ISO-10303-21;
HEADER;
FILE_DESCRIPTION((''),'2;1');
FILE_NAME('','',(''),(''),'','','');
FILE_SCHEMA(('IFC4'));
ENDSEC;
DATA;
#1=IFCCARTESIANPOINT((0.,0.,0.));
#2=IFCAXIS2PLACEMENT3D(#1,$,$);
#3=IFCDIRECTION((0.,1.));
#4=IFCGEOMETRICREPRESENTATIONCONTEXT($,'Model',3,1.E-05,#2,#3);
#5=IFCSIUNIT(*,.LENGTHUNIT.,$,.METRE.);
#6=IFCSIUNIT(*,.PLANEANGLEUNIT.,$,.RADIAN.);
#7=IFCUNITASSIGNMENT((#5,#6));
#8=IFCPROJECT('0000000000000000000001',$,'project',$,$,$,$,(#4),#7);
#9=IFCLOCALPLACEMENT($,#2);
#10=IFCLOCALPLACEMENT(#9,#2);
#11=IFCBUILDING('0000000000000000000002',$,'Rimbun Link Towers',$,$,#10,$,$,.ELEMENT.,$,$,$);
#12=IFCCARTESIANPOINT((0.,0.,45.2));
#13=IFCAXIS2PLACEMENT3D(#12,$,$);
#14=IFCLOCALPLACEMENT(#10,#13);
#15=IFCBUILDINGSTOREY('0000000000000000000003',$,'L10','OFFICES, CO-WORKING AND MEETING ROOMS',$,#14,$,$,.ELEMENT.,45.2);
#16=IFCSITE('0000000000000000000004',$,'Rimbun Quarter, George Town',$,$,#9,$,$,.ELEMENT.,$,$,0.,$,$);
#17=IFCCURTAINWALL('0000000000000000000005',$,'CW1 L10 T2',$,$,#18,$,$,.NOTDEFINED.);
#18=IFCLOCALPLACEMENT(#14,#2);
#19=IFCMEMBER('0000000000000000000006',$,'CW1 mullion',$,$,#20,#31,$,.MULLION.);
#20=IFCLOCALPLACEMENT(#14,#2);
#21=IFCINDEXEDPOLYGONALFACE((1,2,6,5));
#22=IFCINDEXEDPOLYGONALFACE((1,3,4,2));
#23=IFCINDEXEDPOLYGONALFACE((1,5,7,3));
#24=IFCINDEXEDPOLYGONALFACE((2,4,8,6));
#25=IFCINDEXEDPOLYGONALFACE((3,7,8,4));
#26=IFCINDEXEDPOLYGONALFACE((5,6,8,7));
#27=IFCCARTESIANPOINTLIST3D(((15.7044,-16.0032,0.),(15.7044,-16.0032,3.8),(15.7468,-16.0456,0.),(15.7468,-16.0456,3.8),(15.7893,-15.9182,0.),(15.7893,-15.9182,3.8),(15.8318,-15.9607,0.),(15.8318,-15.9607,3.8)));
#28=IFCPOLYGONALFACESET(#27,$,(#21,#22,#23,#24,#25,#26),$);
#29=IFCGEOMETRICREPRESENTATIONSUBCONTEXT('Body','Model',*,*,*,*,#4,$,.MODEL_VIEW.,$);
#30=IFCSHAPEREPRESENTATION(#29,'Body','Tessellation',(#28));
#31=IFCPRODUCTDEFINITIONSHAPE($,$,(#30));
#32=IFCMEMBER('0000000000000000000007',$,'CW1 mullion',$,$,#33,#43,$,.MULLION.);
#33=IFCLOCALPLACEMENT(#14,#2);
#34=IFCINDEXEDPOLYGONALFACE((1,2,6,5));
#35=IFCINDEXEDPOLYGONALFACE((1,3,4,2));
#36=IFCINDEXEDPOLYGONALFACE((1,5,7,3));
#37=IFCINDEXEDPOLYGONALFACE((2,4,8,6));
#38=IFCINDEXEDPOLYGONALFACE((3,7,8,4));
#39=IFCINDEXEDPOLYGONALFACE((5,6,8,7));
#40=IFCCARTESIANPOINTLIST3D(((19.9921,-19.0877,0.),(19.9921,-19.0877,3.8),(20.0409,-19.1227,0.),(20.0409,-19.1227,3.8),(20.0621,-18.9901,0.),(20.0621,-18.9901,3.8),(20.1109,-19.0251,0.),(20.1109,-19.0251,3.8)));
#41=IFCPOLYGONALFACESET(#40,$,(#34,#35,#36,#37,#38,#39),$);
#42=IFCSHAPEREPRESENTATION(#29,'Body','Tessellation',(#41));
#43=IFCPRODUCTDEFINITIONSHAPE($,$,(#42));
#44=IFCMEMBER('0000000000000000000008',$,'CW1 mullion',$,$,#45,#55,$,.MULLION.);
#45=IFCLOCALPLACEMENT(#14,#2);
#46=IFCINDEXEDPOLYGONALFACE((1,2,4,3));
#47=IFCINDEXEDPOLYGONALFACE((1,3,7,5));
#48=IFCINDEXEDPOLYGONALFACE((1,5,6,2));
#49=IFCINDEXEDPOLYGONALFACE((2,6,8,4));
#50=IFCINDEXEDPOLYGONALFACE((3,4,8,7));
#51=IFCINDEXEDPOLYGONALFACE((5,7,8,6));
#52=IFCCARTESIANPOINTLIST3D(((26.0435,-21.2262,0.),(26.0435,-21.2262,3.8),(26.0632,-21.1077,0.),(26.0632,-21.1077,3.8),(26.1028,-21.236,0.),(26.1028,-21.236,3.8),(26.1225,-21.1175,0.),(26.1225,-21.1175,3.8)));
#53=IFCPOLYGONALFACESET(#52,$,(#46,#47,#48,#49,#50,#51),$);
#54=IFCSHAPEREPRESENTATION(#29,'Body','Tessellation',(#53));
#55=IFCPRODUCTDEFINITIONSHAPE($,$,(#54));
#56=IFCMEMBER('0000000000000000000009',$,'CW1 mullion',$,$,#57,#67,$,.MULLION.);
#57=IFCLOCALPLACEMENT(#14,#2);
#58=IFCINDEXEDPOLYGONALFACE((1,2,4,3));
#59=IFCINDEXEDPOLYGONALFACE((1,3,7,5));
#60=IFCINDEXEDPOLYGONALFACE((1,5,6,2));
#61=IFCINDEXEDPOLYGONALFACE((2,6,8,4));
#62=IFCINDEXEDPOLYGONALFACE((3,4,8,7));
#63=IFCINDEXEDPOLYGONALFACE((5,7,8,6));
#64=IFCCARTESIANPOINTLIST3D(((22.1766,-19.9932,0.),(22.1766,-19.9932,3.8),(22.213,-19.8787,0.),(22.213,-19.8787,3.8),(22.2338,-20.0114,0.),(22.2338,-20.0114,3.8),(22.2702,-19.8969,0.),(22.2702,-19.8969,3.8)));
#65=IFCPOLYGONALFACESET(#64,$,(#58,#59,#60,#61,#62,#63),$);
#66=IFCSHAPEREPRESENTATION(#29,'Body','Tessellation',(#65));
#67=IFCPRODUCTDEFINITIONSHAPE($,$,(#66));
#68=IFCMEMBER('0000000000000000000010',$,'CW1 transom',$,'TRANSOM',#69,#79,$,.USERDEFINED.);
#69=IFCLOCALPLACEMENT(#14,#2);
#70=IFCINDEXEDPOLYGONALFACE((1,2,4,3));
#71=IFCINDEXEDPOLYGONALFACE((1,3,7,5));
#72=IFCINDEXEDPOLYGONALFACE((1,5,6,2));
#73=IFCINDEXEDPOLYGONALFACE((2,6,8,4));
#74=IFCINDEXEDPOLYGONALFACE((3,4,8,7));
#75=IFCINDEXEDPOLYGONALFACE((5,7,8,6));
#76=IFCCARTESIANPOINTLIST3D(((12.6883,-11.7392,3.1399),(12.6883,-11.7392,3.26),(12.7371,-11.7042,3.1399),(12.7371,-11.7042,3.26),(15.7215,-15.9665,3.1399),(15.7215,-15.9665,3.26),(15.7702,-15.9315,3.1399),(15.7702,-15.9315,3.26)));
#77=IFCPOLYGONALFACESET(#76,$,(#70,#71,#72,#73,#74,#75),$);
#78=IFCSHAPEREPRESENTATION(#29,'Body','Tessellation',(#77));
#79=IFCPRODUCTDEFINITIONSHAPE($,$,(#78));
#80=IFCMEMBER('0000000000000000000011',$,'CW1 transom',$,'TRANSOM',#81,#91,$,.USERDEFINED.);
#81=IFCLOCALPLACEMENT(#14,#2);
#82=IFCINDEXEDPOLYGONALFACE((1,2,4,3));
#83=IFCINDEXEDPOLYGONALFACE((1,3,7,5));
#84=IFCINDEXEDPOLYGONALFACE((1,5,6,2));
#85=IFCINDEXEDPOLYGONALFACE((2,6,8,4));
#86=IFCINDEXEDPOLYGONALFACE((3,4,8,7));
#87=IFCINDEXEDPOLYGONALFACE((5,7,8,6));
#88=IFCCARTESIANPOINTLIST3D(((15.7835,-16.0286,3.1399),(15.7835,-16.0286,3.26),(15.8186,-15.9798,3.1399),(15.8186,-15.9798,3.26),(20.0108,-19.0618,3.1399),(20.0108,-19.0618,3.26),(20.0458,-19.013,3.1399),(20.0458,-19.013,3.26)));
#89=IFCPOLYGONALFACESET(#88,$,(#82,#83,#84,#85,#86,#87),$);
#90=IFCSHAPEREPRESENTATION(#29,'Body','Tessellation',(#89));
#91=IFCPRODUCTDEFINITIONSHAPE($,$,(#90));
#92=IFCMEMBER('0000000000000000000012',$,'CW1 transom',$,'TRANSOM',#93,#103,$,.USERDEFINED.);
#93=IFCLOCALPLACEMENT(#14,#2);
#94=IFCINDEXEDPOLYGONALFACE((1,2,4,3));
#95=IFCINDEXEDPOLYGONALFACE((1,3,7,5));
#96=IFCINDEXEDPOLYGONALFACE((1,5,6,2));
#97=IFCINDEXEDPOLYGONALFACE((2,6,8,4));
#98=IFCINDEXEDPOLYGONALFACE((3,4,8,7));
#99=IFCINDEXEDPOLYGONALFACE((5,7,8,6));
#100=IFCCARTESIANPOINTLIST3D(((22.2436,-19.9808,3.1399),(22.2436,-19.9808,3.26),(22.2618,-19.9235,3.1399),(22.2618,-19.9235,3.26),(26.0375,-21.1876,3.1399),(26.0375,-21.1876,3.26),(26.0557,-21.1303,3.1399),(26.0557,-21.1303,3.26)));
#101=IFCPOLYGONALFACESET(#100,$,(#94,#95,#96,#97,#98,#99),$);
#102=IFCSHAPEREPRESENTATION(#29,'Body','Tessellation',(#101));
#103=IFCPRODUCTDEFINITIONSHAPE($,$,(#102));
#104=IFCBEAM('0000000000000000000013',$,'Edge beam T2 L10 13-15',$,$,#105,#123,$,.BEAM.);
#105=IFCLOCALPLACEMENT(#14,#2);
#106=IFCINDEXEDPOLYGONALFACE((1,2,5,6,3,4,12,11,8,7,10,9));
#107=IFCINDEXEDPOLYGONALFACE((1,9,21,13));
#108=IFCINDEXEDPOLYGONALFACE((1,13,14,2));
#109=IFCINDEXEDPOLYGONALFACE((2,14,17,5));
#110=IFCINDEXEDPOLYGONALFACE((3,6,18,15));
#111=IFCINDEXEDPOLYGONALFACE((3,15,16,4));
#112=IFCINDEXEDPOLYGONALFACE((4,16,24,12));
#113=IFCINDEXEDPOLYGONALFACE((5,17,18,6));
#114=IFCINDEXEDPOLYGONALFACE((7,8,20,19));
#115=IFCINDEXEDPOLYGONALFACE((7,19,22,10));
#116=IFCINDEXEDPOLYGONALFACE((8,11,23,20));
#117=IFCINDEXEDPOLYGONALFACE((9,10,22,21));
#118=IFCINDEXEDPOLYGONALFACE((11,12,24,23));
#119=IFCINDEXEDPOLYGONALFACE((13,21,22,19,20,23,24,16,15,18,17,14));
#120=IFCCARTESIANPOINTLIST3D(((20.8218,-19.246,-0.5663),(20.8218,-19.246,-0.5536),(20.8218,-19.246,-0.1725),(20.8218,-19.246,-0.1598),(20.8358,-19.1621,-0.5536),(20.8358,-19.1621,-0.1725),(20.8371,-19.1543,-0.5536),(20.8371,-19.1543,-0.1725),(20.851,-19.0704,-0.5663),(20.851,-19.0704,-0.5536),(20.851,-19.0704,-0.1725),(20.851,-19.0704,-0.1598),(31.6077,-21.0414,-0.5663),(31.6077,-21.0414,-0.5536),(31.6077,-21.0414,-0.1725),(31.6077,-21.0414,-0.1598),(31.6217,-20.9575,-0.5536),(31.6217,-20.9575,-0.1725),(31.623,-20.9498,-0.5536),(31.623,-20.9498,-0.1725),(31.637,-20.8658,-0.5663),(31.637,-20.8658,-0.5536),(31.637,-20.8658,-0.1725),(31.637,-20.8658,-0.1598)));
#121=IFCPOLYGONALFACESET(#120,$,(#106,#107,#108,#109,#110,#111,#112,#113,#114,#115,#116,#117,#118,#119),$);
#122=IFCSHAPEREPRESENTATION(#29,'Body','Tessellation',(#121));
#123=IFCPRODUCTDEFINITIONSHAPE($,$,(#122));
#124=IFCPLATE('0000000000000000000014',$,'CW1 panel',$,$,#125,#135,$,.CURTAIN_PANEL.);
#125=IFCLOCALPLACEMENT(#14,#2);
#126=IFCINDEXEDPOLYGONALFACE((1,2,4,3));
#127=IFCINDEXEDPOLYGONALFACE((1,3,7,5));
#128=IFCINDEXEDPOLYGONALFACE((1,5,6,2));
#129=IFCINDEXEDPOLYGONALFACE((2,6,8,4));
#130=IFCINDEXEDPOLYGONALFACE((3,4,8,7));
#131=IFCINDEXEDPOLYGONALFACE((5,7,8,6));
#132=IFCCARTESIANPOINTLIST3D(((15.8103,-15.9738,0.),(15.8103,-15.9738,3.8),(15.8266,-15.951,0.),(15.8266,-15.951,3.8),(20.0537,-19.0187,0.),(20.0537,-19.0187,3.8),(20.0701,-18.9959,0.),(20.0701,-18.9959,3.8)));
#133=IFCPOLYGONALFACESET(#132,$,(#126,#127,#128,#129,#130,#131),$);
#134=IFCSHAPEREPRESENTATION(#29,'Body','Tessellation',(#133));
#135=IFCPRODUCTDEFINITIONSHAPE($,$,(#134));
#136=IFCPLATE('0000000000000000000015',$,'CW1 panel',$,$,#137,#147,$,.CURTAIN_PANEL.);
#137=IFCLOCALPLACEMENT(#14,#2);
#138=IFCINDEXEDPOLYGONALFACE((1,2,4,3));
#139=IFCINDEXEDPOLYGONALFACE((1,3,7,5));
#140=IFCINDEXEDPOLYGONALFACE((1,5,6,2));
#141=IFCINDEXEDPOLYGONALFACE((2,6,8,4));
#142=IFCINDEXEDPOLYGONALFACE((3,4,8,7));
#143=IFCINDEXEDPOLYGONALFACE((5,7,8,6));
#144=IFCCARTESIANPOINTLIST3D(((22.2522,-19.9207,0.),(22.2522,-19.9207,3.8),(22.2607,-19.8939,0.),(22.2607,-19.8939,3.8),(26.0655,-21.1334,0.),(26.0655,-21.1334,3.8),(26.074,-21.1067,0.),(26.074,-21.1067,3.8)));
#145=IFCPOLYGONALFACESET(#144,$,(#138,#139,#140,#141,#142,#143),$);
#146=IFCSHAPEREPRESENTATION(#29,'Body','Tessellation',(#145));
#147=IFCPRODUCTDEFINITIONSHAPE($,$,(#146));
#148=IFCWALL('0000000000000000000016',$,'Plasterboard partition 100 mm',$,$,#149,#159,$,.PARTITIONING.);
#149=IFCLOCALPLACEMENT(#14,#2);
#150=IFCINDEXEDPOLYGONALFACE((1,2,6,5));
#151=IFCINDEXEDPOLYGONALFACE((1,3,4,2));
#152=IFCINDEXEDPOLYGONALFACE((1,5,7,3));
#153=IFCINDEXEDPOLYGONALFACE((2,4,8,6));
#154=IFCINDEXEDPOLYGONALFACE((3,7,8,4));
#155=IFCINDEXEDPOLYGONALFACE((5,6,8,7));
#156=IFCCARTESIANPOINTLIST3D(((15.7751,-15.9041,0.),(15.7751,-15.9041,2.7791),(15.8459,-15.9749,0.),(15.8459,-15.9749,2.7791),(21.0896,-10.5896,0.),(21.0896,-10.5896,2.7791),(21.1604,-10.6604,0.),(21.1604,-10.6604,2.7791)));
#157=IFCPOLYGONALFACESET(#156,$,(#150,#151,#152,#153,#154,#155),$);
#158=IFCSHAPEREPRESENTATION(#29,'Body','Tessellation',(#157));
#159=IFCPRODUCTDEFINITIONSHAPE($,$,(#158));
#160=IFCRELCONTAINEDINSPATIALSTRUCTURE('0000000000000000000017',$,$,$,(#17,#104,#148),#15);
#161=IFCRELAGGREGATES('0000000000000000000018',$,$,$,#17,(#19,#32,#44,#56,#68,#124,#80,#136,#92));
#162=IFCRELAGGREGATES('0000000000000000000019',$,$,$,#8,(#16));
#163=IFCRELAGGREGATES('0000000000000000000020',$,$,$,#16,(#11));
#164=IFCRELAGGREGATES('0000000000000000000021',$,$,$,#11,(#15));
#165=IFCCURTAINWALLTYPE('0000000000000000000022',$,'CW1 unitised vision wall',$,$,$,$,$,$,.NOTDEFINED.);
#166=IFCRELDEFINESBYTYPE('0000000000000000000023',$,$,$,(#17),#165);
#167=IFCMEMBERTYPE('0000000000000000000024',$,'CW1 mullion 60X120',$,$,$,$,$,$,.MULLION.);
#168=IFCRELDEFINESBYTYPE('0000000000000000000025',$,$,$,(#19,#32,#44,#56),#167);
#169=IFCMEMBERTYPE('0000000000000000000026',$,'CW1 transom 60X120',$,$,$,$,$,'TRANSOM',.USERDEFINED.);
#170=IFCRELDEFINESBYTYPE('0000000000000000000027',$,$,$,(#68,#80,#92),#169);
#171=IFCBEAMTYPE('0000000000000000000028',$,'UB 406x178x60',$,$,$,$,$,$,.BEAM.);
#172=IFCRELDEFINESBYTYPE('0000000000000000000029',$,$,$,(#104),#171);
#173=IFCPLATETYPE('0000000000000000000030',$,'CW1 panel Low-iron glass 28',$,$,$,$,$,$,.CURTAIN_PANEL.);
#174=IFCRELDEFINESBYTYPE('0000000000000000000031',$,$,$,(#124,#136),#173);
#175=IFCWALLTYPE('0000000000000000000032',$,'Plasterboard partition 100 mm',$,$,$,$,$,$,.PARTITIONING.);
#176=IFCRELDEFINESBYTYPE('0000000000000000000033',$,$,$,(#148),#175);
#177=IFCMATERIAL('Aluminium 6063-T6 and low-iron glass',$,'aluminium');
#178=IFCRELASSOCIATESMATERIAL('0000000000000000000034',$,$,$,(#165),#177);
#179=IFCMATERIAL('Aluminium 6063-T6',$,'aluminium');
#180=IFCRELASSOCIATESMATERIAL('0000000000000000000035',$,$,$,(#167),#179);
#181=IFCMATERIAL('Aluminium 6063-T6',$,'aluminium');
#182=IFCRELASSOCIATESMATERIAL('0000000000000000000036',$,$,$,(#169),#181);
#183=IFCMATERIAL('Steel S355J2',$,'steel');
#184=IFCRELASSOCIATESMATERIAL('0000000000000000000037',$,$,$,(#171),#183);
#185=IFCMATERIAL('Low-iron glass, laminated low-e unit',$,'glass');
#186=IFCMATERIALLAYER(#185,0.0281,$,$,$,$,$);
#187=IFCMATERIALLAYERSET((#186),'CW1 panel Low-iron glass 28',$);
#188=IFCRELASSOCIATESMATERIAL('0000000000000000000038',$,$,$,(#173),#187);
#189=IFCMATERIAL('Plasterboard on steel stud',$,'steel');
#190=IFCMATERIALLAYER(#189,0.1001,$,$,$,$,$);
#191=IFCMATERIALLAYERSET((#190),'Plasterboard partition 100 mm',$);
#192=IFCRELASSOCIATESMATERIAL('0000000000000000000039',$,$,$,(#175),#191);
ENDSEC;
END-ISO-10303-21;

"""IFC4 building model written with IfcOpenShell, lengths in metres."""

from ifc_helpers import new_model, si_unit, direction, frame, frame_2d, origin, origin_2d, place, context, subcontext, project, spatial, rectangle, i_section, extrude, material, layer, layer_set, material_profile, profile_set, type_object, element, aggregate, save


model = new_model("IFC4")

# Units and contexts
model_context = context("Model", 3, precision=1e-05, world=origin(), true_north=direction((0.0, 1.0)))
body_context = subcontext(model_context, "Body", "Model", "MODEL_VIEW")
ifc_project = project(units=[si_unit("LENGTHUNIT", "METRE"), si_unit("PLANEANGLEUNIT", "RADIAN")], contexts=[model_context])

# Site, building, storey
site_placement = place(None, origin())
site = spatial("IfcSite", under=ifc_project, at=site_placement, Name="Rimbun Quarter, George Town", CompositionType="ELEMENT", RefElevation=0.0)
building_placement = place(site_placement, origin())
building = spatial("IfcBuilding", under=site, at=building_placement, Name="Rimbun Link Towers", CompositionType="ELEMENT")
storey_placement = place(building_placement, frame((0.0, 0.0, 45.2)))
storey = spatial("IfcBuildingStorey", under=building, at=storey_placement, Name="L10", Description="OFFICES, CO-WORKING AND MEETING ROOMS", CompositionType="ELEMENT", Elevation=45.2)

# Curtain wall, members
ifc_material_1 = material(Name="Aluminium 6063-T6 and low-iron glass", Category="aluminium")
curtain_wall_type = type_object("IfcCurtainWallType", Name="CW1 unitised vision wall", PredefinedType="NOTDEFINED", material=ifc_material_1)
curtain_wall_placement = place(storey_placement, origin())
curtain_wall = element("IfcCurtainWall", 1, at=curtain_wall_placement, inside=storey, type_object=curtain_wall_type, Name="CW1 L10 T2", PredefinedType="NOTDEFINED")
ifc_material_2 = material(Name="Aluminium 6063-T6", Category="aluminium")
ifc_material_profile_1 = material_profile(ifc_material_2, rectangle(XDim=0.1201, YDim=0.0601, at=origin_2d()), Name="MULLION 60X120")
ifc_profile_set_1 = profile_set([ifc_material_profile_1], Name="Aluminium 6063-T6")
member_type_1 = type_object("IfcMemberType", Name="CW1 mullion 60X120", PredefinedType="MULLION", material=ifc_profile_set_1)
member_1_placement = place(storey_placement, frame((15.7681, -15.9819, 0.0), z_axis=(0.0, 0.0, 1.0), x_axis=(-0.707107, -0.707107, 0.0)))
member_1 = element("IfcMember", 2, at=member_1_placement, type_object=member_type_1, Name="CW1 mullion", PredefinedType="MULLION", context=body_context, shape_type="SweptSolid", body=[
    extrude(rectangle(XDim=0.1201, YDim=0.0601, at=origin_2d()), origin(), (0.0, 0.0, 1.0), 3.8),
])
member_2_placement = place(storey_placement, frame((20.0515, -19.0564, 0.0), z_axis=(0.0, 0.0, 1.0), x_axis=(-0.582996, -0.812475, 0.0)))
member_2 = element("IfcMember", 3, at=member_2_placement, type_object=member_type_1, Name="CW1 mullion", PredefinedType="MULLION", context=body_context, shape_type="SweptSolid", body=[
    extrude(rectangle(XDim=0.1201, YDim=0.0601, at=origin_2d()), origin(), (0.0, 0.0, 1.0), 3.8),
])
member_3_placement = place(storey_placement, frame((26.083, -21.1719, 0.0), z_axis=(0.0, 0.0, 1.0), x_axis=(-0.16375, -0.986502, 0.0)))
member_3 = element("IfcMember", 4, at=member_3_placement, type_object=member_type_1, Name="CW1 mullion", PredefinedType="MULLION", context=body_context, shape_type="SweptSolid", body=[
    extrude(rectangle(XDim=0.1201, YDim=0.0601, at=origin_2d()), origin(), (0.0, 0.0, 1.0), 3.8),
])
member_4_placement = place(storey_placement, frame((22.2234, -19.9451, 0.0), z_axis=(0.0, 0.0, 1.0), x_axis=(-0.303071, -0.952968, 0.0)))
member_4 = element("IfcMember", 5, at=member_4_placement, type_object=member_type_1, Name="CW1 mullion", PredefinedType="MULLION", context=body_context, shape_type="SweptSolid", body=[
    extrude(rectangle(XDim=0.1201, YDim=0.0601, at=origin_2d()), origin(), (0.0, 0.0, 1.0), 3.8),
])
ifc_material_3 = material(Name="Aluminium 6063-T6", Category="aluminium")
ifc_material_profile_2 = material_profile(ifc_material_3, rectangle(XDim=0.0601, YDim=0.1201, at=origin_2d()), Name="TRANSOM 60X120")
ifc_profile_set_2 = profile_set([ifc_material_profile_2], Name="Aluminium 6063-T6")
member_type_2 = type_object("IfcMemberType", Name="CW1 transom 60X120", ElementType="TRANSOM", PredefinedType="USERDEFINED", material=ifc_profile_set_2)
member_5_placement = place(storey_placement, frame((15.7458, -15.949, 3.2), z_axis=(-0.582981, 0.812486, 0.0), x_axis=(-0.812486, -0.582981, 0.0)))
member_5 = element("IfcMember", 6, at=member_5_placement, type_object=member_type_2, Name="CW1 transom", ObjectType="TRANSOM", PredefinedType="USERDEFINED", context=body_context, shape_type="SweptSolid", body=[
    extrude(rectangle(XDim=0.0601, YDim=0.1201, at=origin_2d()), origin(), (0.0, 0.0, 1.0), 5.2029),
])
member_6_placement = place(storey_placement, frame((20.0283, -19.0374, 3.2), z_axis=(-0.812486, 0.582981, 0.0), x_axis=(-0.582981, -0.812486, 0.0)))
member_6 = element("IfcMember", 7, at=member_6_placement, type_object=member_type_2, Name="CW1 transom", ObjectType="TRANSOM", PredefinedType="USERDEFINED", context=body_context, shape_type="SweptSolid", body=[
    extrude(rectangle(XDim=0.0601, YDim=0.1201, at=origin_2d()), origin(), (0.0, 0.0, 1.0), 5.2029),
])
member_7_placement = place(storey_placement, frame((26.0466, -21.1589, 3.2), z_axis=(-0.952953, 0.303118, 0.0), x_axis=(-0.303118, -0.952953, 0.0)))
member_7 = element("IfcMember", 8, at=member_7_placement, type_object=member_type_2, Name="CW1 transom", ObjectType="TRANSOM", PredefinedType="USERDEFINED", context=body_context, shape_type="SweptSolid", body=[
    extrude(rectangle(XDim=0.0601, YDim=0.1201, at=origin_2d()), origin(), (0.0, 0.0, 1.0), 3.9812),
])

# Beam
ifc_material_4 = material(Name="Steel S355J2", Category="steel")
ifc_material_profile_3 = material_profile(ifc_material_4, i_section(OverallWidth=0.178, OverallDepth=0.4065, WebThickness=0.0078, FlangeThickness=0.0127, at=origin_2d()), Name="UB 406x178x60")
ifc_profile_set_3 = profile_set([ifc_material_profile_3], Name="Steel S355J2")
beam_type = type_object("IfcBeamType", Name="UB 406x178x60", PredefinedType="BEAM", material=ifc_profile_set_3)
beam_placement = place(storey_placement, frame((20.8364, -19.1582, -0.363), z_axis=(0.986427, -0.1642, 0.0), x_axis=(0.1642, 0.986427, 0.0)))
element("IfcBeam", 9, at=beam_placement, inside=storey, type_object=beam_type, Name="Edge beam T2 L10 13-15", PredefinedType="BEAM", context=body_context, shape_type="SweptSolid", body=[
    extrude(i_section(OverallWidth=0.178, OverallDepth=0.4065, WebThickness=0.0078, FlangeThickness=0.0127, at=origin_2d()), origin(), (0.0, 0.0, 1.0), 10.9343),
])

# Plates
ifc_material_5 = material(Name="Low-iron glass, laminated low-e unit", Category="glass")
ifc_layer_1 = layer(ifc_material_5, 0.0281)
ifc_layer_set_1 = layer_set([ifc_layer_1], Name="CW1 panel Low-iron glass 28")
plate_type = type_object("IfcPlateType", Name="CW1 panel Low-iron glass 28", PredefinedType="CURTAIN_PANEL", material=ifc_layer_set_1)
plate_1_placement = place(storey_placement, frame((17.9402, -17.4849, 0.0), z_axis=(0.0, 0.0, 1.0), x_axis=(-0.812475, 0.582996, 0.0)))
plate_1 = element("IfcPlate", 10, at=plate_1_placement, type_object=plate_type, Name="CW1 panel", PredefinedType="CURTAIN_PANEL", context=body_context, shape_type="SweptSolid", body=[
    extrude(rectangle(XDim=5.2229, YDim=0.0281, at=origin_2d()), origin(), (0.0, 0.0, 1.0), 3.8),
])
plate_2_placement = place(storey_placement, frame((24.1631, -20.5137, 0.0), z_axis=(0.0, 0.0, 1.0), x_axis=(-0.952968, 0.303071, 0.0)))
plate_2 = element("IfcPlate", 11, at=plate_2_placement, type_object=plate_type, Name="CW1 panel", PredefinedType="CURTAIN_PANEL", context=body_context, shape_type="SweptSolid", body=[
    extrude(rectangle(XDim=4.0015, YDim=0.0281, at=origin_2d()), origin(), (0.0, 0.0, 1.0), 3.8),
])
aggregate(curtain_wall, [member_1, member_2, member_3, member_4, member_5, plate_1, member_6, plate_2, member_7])

# Wall
ifc_material_6 = material(Name="Plasterboard on steel stud", Category="steel")
ifc_layer_2 = layer(ifc_material_6, 0.1001)
ifc_layer_set_2 = layer_set([ifc_layer_2], Name="Plasterboard partition 100 mm")
wall_type = type_object("IfcWallType", Name="Plasterboard partition 100 mm", PredefinedType="PARTITIONING", material=ifc_layer_set_2)
wall_placement = place(storey_placement, frame((15.8105, -15.9395, 0.0), z_axis=(0.0, 0.0, 1.0), x_axis=(0.707107, 0.707107, 0.0)))
element("IfcWall", 12, at=wall_placement, inside=storey, type_object=wall_type, Name="Plasterboard partition 100 mm", PredefinedType="PARTITIONING", context=body_context, shape_type="SweptSolid", body=[
    extrude(rectangle(XDim=7.5159, YDim=0.1001, at=frame_2d((3.7578, 0.0))), origin(), (0.0, 0.0, 1.0), 2.7791),
])

save(model, "model.ifc")
